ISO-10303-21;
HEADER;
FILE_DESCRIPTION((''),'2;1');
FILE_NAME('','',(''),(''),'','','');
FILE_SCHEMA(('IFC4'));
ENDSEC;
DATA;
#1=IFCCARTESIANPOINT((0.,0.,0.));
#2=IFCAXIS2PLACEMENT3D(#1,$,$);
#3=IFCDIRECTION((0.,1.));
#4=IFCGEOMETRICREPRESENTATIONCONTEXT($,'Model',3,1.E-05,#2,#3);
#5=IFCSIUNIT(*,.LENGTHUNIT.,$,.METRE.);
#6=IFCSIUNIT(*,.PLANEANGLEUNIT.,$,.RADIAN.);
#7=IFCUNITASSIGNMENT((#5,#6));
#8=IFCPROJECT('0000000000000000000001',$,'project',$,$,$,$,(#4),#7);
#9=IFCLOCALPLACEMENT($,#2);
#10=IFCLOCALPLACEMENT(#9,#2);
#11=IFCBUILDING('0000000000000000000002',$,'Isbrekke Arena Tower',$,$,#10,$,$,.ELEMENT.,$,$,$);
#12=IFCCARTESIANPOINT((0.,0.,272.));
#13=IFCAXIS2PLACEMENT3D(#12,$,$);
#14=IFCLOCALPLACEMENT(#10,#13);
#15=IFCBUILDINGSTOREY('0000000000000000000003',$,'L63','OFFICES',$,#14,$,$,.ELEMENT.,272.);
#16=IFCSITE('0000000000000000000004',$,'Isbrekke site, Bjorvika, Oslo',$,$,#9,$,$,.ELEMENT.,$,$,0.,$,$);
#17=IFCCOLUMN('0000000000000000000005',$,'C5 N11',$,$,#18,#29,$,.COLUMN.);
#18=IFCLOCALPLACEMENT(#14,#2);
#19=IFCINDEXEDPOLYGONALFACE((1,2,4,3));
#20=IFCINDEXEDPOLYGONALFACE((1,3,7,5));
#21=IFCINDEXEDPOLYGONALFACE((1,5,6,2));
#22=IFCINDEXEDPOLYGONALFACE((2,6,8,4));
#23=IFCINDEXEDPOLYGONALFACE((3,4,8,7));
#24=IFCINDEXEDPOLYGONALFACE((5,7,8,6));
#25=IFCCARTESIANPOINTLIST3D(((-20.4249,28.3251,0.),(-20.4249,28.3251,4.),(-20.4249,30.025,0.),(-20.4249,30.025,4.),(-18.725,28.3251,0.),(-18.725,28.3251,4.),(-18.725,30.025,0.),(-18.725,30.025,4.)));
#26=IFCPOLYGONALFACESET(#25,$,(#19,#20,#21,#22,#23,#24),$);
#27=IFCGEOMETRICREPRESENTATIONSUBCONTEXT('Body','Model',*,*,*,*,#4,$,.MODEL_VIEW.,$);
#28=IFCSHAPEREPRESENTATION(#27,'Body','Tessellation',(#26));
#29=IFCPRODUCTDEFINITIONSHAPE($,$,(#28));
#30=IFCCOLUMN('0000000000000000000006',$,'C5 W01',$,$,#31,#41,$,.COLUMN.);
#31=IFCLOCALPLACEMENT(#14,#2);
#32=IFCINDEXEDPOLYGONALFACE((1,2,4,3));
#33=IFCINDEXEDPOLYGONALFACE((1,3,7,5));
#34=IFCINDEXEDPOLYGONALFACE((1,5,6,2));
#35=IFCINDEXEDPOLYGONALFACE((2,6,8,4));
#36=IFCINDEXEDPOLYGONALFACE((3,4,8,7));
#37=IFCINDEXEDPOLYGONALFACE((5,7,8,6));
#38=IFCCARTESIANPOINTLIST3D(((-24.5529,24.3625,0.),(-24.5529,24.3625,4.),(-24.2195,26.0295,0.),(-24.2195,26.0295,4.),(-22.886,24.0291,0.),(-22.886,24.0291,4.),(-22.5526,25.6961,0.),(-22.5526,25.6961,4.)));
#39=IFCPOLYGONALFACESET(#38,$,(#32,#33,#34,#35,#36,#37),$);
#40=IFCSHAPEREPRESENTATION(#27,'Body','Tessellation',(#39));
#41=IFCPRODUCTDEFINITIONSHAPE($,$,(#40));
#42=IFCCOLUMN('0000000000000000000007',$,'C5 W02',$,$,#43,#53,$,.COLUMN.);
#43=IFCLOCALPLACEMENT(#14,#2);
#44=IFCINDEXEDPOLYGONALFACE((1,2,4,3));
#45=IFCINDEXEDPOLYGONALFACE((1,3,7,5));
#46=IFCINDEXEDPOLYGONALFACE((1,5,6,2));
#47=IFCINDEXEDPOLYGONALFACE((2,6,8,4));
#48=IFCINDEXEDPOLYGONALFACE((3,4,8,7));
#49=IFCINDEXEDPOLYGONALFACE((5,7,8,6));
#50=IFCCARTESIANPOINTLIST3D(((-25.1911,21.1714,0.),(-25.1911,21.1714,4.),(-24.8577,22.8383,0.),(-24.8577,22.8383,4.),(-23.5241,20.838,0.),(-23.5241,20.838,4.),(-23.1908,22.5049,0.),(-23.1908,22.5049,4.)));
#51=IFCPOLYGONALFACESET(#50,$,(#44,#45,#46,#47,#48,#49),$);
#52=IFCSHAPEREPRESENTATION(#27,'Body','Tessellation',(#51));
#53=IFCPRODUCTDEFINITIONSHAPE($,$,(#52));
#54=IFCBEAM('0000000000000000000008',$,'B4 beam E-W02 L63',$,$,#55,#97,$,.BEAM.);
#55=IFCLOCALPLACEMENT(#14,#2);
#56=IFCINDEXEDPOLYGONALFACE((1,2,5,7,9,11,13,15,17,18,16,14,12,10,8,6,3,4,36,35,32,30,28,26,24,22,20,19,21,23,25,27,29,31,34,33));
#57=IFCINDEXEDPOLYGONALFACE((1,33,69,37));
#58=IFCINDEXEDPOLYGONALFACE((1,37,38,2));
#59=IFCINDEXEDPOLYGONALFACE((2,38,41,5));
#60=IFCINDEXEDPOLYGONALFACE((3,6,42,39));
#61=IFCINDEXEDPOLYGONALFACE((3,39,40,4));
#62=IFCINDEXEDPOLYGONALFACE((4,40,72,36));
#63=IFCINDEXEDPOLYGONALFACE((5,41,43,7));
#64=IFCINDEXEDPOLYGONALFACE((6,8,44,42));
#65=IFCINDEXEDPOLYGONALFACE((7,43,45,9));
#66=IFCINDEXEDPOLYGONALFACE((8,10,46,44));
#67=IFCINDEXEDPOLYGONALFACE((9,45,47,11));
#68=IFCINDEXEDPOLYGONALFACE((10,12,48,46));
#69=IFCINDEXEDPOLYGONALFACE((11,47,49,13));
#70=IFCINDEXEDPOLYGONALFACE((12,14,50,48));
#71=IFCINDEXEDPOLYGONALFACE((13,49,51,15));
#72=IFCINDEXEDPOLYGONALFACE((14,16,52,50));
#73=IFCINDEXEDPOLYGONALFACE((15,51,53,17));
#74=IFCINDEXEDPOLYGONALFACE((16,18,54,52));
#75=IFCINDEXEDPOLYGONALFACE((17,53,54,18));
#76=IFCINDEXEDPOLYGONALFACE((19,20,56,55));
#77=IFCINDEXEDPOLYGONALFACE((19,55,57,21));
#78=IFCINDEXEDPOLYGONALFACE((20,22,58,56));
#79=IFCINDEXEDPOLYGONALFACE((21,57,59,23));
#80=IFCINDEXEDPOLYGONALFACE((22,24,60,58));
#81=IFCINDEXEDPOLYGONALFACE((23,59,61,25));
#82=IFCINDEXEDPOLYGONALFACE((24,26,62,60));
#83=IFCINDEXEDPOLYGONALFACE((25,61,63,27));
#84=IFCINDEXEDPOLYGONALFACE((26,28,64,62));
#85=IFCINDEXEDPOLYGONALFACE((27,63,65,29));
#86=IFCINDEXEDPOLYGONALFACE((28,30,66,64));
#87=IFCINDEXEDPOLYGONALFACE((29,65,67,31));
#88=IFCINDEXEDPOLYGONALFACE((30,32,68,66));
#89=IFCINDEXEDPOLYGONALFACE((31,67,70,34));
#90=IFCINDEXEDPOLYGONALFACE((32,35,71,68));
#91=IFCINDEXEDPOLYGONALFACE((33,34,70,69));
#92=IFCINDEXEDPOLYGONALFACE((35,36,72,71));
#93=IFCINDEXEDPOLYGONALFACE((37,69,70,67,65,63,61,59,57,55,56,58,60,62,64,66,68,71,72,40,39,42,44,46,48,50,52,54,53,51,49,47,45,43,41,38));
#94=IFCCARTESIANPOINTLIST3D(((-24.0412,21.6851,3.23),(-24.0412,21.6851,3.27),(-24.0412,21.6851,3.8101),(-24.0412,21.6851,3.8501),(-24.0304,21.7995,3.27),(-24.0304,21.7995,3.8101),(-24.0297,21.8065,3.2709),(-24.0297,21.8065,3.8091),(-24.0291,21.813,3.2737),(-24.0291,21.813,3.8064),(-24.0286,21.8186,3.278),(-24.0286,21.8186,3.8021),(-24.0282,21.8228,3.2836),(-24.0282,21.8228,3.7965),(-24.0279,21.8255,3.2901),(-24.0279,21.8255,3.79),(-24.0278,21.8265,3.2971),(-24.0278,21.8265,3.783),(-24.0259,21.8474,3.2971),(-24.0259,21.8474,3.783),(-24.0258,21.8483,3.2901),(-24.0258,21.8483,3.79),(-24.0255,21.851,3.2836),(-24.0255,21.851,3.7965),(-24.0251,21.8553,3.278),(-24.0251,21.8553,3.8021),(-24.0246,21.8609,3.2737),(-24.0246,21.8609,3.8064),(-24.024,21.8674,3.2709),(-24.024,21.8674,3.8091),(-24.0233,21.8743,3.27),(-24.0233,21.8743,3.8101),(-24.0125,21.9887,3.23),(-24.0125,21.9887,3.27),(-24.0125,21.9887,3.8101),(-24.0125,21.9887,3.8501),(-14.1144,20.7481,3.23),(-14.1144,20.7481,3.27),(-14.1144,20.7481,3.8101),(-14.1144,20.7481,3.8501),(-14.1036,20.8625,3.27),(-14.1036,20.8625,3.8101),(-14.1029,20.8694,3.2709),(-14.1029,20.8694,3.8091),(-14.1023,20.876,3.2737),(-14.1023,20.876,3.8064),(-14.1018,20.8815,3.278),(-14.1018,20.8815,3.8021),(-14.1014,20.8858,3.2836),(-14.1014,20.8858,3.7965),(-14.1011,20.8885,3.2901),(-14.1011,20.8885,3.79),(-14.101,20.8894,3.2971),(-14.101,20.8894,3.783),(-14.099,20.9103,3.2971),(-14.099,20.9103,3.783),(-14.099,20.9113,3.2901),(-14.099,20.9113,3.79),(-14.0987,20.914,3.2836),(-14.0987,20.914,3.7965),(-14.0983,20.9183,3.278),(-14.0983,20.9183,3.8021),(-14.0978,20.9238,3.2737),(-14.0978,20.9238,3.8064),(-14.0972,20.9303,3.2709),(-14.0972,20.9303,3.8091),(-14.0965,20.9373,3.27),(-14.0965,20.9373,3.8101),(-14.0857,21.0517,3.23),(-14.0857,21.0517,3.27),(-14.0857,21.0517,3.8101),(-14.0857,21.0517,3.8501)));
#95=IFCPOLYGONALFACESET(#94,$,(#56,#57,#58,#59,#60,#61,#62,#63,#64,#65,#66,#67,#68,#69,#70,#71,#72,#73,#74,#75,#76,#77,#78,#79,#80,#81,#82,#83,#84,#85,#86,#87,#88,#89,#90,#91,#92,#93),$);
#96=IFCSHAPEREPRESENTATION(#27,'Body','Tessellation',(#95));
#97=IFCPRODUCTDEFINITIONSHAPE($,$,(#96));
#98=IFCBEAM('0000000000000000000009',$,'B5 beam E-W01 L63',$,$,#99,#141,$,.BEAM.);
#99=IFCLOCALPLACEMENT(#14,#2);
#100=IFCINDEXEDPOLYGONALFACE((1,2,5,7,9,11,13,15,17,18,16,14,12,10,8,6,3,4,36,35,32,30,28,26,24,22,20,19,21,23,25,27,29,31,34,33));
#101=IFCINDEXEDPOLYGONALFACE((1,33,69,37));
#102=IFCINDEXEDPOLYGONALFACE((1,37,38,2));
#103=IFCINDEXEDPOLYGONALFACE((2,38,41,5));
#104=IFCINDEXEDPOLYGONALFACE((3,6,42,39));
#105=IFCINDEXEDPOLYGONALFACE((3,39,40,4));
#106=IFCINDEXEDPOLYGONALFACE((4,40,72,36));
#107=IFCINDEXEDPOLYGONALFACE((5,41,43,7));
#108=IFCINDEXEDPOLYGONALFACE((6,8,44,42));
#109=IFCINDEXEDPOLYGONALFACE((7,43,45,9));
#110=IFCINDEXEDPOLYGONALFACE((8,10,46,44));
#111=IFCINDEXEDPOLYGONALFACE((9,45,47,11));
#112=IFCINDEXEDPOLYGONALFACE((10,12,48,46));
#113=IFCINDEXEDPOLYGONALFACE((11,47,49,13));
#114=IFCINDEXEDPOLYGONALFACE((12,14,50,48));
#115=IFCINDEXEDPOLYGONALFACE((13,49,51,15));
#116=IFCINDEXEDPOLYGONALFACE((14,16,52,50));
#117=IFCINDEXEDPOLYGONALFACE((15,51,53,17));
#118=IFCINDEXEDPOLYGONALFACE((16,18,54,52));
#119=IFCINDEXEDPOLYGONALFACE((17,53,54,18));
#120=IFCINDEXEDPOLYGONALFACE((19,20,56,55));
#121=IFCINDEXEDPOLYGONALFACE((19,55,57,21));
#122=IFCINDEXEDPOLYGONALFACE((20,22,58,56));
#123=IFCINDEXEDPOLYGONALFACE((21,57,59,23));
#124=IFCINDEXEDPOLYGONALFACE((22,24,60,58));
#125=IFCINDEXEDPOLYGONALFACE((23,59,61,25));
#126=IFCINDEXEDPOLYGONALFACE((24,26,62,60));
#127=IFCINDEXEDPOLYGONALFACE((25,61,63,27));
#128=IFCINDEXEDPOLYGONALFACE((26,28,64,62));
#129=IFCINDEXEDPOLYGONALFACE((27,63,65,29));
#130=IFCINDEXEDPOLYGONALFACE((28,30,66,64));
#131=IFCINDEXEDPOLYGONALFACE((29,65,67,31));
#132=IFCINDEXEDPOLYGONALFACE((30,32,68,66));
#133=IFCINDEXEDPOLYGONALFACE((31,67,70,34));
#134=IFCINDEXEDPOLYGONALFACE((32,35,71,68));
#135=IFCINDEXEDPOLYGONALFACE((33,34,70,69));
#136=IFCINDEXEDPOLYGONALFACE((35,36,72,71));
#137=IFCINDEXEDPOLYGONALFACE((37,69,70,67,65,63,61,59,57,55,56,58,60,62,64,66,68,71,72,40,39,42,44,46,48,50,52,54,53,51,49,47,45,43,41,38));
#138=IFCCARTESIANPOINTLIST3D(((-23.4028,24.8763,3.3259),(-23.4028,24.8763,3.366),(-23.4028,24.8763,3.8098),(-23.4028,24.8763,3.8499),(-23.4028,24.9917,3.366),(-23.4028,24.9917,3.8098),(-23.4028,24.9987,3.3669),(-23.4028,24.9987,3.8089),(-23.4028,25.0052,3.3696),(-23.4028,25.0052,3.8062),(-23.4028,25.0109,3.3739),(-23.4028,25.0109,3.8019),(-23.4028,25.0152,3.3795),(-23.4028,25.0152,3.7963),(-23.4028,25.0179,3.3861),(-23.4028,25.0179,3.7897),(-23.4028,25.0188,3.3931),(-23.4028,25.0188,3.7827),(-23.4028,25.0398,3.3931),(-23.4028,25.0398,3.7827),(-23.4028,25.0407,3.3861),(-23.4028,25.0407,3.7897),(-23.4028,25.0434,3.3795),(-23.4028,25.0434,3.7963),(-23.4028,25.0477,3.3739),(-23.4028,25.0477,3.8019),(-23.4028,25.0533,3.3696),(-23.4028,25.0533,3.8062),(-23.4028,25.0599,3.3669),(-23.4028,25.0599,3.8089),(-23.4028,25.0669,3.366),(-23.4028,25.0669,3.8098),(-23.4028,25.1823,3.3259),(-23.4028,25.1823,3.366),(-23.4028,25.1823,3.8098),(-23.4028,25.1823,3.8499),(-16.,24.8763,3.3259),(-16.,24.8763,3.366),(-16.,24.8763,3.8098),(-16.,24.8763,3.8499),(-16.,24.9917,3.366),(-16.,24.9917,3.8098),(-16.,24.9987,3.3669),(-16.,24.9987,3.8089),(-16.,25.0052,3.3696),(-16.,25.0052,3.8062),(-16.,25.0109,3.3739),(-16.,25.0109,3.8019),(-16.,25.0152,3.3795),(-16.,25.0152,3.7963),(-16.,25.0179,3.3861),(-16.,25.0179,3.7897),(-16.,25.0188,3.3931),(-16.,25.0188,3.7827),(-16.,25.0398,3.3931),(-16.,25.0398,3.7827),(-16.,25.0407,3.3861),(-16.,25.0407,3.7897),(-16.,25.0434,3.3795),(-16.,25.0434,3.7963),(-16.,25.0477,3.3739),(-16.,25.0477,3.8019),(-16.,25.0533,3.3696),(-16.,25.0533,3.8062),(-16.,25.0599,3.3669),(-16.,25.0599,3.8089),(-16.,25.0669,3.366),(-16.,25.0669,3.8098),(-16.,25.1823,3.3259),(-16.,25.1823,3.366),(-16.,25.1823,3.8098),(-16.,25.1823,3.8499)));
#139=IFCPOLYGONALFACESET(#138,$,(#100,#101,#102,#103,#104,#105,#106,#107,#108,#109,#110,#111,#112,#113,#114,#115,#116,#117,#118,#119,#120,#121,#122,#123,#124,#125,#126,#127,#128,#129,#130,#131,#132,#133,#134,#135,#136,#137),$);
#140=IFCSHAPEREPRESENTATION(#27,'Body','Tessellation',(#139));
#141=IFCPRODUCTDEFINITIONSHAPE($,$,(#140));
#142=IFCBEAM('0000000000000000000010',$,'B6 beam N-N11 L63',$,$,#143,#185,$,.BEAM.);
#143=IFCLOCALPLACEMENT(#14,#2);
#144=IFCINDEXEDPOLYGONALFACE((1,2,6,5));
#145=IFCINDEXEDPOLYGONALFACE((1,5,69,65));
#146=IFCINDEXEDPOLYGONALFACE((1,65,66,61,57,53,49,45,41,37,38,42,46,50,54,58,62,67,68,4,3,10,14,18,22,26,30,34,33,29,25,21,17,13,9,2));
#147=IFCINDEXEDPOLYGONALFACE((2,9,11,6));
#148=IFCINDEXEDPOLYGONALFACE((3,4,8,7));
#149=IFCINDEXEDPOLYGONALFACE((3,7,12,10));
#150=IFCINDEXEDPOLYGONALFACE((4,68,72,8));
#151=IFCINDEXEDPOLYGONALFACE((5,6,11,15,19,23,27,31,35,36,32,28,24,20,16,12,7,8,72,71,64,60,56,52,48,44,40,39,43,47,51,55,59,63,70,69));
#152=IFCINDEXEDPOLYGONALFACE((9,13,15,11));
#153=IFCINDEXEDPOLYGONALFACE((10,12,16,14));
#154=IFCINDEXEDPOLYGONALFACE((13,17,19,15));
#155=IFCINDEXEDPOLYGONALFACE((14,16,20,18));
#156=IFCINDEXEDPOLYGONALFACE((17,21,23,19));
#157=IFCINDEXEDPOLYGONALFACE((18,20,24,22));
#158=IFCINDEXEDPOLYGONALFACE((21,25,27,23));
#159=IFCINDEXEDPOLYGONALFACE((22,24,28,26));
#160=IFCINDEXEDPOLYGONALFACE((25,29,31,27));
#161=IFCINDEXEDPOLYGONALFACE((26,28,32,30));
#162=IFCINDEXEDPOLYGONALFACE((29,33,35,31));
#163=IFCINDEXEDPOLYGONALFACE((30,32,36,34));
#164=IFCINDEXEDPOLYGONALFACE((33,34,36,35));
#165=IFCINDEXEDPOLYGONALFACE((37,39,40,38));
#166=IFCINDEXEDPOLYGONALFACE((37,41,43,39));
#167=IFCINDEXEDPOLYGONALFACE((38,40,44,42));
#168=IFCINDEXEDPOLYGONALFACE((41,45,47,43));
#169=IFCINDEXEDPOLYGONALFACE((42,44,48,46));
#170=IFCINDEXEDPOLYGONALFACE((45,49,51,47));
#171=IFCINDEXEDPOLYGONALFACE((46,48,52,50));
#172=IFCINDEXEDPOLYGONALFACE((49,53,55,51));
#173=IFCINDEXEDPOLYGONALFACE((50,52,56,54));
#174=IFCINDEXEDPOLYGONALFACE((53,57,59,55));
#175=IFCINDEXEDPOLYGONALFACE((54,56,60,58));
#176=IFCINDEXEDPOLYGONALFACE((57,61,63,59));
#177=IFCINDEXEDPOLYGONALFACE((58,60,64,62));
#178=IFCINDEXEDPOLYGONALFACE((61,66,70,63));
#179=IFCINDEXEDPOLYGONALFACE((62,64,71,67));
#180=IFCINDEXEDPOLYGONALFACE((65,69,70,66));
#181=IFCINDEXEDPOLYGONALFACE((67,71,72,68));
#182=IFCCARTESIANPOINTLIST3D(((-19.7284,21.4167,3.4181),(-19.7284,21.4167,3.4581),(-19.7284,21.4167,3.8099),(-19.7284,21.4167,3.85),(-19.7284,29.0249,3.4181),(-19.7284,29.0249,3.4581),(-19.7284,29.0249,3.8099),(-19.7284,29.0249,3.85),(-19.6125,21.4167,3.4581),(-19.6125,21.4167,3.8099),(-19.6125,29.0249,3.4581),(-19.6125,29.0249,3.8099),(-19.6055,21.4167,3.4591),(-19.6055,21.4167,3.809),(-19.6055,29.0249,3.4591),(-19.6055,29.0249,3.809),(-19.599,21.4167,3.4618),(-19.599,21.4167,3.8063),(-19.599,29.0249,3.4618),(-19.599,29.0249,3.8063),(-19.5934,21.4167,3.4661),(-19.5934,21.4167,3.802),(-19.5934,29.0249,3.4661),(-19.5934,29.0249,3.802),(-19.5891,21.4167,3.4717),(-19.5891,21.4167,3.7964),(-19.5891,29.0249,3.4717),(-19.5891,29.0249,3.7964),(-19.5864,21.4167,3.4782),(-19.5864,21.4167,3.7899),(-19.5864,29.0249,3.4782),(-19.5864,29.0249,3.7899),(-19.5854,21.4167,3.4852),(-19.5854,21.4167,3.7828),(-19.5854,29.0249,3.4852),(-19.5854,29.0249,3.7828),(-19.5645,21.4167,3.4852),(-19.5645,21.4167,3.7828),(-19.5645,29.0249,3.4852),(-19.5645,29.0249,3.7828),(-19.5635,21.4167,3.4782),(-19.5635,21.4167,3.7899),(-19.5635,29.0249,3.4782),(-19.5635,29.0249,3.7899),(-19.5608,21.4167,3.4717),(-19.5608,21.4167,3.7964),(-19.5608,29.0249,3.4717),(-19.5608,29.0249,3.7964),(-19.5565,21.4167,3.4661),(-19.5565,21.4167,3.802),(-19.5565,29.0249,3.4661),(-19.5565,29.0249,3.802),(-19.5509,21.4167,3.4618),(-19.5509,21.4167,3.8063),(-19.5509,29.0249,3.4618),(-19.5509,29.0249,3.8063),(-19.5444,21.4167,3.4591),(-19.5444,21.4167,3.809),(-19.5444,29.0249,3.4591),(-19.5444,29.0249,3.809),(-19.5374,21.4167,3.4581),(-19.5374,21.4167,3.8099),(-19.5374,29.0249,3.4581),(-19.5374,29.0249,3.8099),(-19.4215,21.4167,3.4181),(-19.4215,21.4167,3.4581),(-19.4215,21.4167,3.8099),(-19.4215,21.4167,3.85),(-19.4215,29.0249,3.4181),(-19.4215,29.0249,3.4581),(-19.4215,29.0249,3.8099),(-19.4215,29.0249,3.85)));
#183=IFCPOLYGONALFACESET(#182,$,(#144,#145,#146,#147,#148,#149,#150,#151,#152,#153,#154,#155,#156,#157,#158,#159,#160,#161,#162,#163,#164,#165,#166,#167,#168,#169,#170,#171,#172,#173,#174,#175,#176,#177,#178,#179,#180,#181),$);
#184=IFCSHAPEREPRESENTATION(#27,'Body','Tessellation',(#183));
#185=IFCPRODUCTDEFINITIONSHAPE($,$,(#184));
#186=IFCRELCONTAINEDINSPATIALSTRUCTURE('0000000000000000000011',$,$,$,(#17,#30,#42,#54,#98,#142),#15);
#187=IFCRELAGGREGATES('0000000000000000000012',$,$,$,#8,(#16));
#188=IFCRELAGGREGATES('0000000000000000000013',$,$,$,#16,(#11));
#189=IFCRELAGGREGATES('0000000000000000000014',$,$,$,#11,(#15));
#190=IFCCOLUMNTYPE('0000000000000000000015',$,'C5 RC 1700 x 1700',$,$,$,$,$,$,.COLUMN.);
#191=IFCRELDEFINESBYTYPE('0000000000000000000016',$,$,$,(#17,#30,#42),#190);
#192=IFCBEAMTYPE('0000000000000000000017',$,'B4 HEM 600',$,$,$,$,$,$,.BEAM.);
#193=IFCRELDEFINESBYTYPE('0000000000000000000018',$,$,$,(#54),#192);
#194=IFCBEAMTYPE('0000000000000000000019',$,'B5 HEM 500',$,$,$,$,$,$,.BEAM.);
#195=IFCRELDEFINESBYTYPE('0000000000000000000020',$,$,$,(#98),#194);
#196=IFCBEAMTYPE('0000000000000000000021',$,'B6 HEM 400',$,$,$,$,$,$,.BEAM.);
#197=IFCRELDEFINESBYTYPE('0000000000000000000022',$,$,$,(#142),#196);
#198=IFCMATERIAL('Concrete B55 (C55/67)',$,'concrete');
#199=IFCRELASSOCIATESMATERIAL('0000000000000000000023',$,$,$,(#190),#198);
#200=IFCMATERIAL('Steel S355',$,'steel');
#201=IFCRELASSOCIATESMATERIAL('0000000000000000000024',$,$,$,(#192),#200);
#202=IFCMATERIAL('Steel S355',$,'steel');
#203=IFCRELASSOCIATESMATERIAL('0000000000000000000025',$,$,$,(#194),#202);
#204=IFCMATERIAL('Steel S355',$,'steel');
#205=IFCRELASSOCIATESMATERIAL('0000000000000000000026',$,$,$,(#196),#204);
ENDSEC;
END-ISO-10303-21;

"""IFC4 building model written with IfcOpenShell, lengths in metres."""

from ifc_helpers import new_model, si_unit, direction, frame, origin, origin_2d, place, context, subcontext, project, spatial, rectangle, i_section, extrude, material, material_profile, profile_set, type_object, element, save


model = new_model("IFC4")

# Units and contexts
model_context = context("Model", 3, precision=1e-05, world=origin(), true_north=direction((0.0, 1.0)))
body_context = subcontext(model_context, "Body", "Model", "MODEL_VIEW")
ifc_project = project(units=[si_unit("LENGTHUNIT", "METRE"), si_unit("PLANEANGLEUNIT", "RADIAN")], contexts=[model_context])

# Site, building, storey
site_placement = place(None, origin())
site = spatial("IfcSite", under=ifc_project, at=site_placement, Name="Isbrekke site, Bjorvika, Oslo", CompositionType="ELEMENT", RefElevation=0.0)
building_placement = place(site_placement, origin())
building = spatial("IfcBuilding", under=site, at=building_placement, Name="Isbrekke Arena Tower", CompositionType="ELEMENT")
storey_placement = place(building_placement, frame((0.0, 0.0, 272.0)))
storey = spatial("IfcBuildingStorey", under=building, at=storey_placement, Name="L63", Description="OFFICES", CompositionType="ELEMENT", Elevation=272.0)

# Columns
ifc_material_1 = material(Name="Concrete B55 (C55/67)", Category="concrete")
ifc_material_profile_1 = material_profile(ifc_material_1, rectangle(XDim=1.7, YDim=1.7, at=origin_2d()), Name="RC 1700x1700")
ifc_profile_set_1 = profile_set([ifc_material_profile_1], Name="Concrete B55 (C55/67)")
column_type = type_object("IfcColumnType", Name="C5 RC 1700 x 1700", PredefinedType="COLUMN", material=ifc_profile_set_1)
for number, where, z_axis, x_axis, name in (
    (1, (-19.575, 29.175, 0.0), (0.0, 0.0, 1.0), (-1.0, 0.0, 0.0), "C5 N11"),
    (2, (-23.5527, 25.0293, 0.0), (0.0, 0.0, 1.0), (-0.196116, -0.980581, 0.0), "C5 W01"),
    (3, (-24.1909, 21.8381, 0.0), (0.0, 0.0, 1.0), (-0.196116, -0.980581, 0.0), "C5 W02"),
):
    element("IfcColumn", number, at=place(storey_placement, frame(where, z_axis=z_axis, x_axis=x_axis)), inside=storey, type_object=column_type, Name=name, PredefinedType="COLUMN", context=body_context, shape_type="SweptSolid", body=[
        extrude(rectangle(XDim=1.7, YDim=1.7, at=origin_2d()), origin(), (0.0, 0.0, 1.0), 4.0),
    ])

# Beams
ifc_material_2 = material(Name="Steel S355", Category="steel")
ifc_material_profile_2 = material_profile(ifc_material_2, i_section(OverallWidth=0.3049, OverallDepth=0.6201, WebThickness=0.021, FlangeThickness=0.04, FilletRadius=0.0271, at=origin_2d()), Name="HEM 600")
ifc_profile_set_2 = profile_set([ifc_material_profile_2], Name="Steel S355")
beam_type_1 = type_object("IfcBeamType", Name="B4 HEM 600", PredefinedType="BEAM", material=ifc_profile_set_2)
beam_1_placement = place(storey_placement, frame((-24.0269, 21.8369, 3.54), z_axis=(0.995575, -0.093975, 0.0), x_axis=(0.093975, 0.995575, 0.0)))
element("IfcBeam", 4, at=beam_1_placement, inside=storey, type_object=beam_type_1, Name="B4 beam E-W02 L63", PredefinedType="BEAM", context=body_context, shape_type="SweptSolid", body=[
    extrude(i_section(OverallWidth=0.3049, OverallDepth=0.6201, WebThickness=0.021, FlangeThickness=0.04, FilletRadius=0.0271, at=origin_2d()), origin(), (0.0, 0.0, 1.0), 9.9709),
])
ifc_material_3 = material(Name="Steel S355", Category="steel")
ifc_material_profile_3 = material_profile(ifc_material_3, i_section(OverallWidth=0.3059, OverallDepth=0.5239, WebThickness=0.021, FlangeThickness=0.04, FilletRadius=0.0271, at=origin_2d()), Name="HEM 500")
ifc_profile_set_3 = profile_set([ifc_material_profile_3], Name="Steel S355")
beam_type_2 = type_object("IfcBeamType", Name="B5 HEM 500", PredefinedType="BEAM", material=ifc_profile_set_3)
beam_2_placement = place(storey_placement, frame((-23.4028, 25.0293, 3.5879), z_axis=(1.0, 0.0, 0.0), x_axis=(0.0, 1.0, 0.0)))
element("IfcBeam", 5, at=beam_2_placement, inside=storey, type_object=beam_type_2, Name="B5 beam E-W01 L63", PredefinedType="BEAM", context=body_context, shape_type="SweptSolid", body=[
    extrude(i_section(OverallWidth=0.3059, OverallDepth=0.5239, WebThickness=0.021, FlangeThickness=0.04, FilletRadius=0.0271, at=origin_2d()), origin(), (0.0, 0.0, 1.0), 7.4028),
])
ifc_material_4 = material(Name="Steel S355", Category="steel")
ifc_material_profile_4 = material_profile(ifc_material_4, i_section(OverallWidth=0.3069, OverallDepth=0.4319, WebThickness=0.021, FlangeThickness=0.04, FilletRadius=0.0271, at=origin_2d()), Name="HEM 400")
ifc_profile_set_4 = profile_set([ifc_material_profile_4], Name="Steel S355")
beam_type_3 = type_object("IfcBeamType", Name="B6 HEM 400", PredefinedType="BEAM", material=ifc_profile_set_4)
beam_3_placement = place(storey_placement, frame((-19.575, 29.0249, 3.634), z_axis=(0.0, -1.0, 0.0), x_axis=(1.0, 0.0, 0.0)))
element("IfcBeam", 6, at=beam_3_placement, inside=storey, type_object=beam_type_3, Name="B6 beam N-N11 L63", PredefinedType="BEAM", context=body_context, shape_type="SweptSolid", body=[
    extrude(i_section(OverallWidth=0.3069, OverallDepth=0.4319, WebThickness=0.021, FlangeThickness=0.04, FilletRadius=0.0271, at=origin_2d()), origin(), (0.0, 0.0, 1.0), 7.6082),
])

save(model, "model.ifc")
